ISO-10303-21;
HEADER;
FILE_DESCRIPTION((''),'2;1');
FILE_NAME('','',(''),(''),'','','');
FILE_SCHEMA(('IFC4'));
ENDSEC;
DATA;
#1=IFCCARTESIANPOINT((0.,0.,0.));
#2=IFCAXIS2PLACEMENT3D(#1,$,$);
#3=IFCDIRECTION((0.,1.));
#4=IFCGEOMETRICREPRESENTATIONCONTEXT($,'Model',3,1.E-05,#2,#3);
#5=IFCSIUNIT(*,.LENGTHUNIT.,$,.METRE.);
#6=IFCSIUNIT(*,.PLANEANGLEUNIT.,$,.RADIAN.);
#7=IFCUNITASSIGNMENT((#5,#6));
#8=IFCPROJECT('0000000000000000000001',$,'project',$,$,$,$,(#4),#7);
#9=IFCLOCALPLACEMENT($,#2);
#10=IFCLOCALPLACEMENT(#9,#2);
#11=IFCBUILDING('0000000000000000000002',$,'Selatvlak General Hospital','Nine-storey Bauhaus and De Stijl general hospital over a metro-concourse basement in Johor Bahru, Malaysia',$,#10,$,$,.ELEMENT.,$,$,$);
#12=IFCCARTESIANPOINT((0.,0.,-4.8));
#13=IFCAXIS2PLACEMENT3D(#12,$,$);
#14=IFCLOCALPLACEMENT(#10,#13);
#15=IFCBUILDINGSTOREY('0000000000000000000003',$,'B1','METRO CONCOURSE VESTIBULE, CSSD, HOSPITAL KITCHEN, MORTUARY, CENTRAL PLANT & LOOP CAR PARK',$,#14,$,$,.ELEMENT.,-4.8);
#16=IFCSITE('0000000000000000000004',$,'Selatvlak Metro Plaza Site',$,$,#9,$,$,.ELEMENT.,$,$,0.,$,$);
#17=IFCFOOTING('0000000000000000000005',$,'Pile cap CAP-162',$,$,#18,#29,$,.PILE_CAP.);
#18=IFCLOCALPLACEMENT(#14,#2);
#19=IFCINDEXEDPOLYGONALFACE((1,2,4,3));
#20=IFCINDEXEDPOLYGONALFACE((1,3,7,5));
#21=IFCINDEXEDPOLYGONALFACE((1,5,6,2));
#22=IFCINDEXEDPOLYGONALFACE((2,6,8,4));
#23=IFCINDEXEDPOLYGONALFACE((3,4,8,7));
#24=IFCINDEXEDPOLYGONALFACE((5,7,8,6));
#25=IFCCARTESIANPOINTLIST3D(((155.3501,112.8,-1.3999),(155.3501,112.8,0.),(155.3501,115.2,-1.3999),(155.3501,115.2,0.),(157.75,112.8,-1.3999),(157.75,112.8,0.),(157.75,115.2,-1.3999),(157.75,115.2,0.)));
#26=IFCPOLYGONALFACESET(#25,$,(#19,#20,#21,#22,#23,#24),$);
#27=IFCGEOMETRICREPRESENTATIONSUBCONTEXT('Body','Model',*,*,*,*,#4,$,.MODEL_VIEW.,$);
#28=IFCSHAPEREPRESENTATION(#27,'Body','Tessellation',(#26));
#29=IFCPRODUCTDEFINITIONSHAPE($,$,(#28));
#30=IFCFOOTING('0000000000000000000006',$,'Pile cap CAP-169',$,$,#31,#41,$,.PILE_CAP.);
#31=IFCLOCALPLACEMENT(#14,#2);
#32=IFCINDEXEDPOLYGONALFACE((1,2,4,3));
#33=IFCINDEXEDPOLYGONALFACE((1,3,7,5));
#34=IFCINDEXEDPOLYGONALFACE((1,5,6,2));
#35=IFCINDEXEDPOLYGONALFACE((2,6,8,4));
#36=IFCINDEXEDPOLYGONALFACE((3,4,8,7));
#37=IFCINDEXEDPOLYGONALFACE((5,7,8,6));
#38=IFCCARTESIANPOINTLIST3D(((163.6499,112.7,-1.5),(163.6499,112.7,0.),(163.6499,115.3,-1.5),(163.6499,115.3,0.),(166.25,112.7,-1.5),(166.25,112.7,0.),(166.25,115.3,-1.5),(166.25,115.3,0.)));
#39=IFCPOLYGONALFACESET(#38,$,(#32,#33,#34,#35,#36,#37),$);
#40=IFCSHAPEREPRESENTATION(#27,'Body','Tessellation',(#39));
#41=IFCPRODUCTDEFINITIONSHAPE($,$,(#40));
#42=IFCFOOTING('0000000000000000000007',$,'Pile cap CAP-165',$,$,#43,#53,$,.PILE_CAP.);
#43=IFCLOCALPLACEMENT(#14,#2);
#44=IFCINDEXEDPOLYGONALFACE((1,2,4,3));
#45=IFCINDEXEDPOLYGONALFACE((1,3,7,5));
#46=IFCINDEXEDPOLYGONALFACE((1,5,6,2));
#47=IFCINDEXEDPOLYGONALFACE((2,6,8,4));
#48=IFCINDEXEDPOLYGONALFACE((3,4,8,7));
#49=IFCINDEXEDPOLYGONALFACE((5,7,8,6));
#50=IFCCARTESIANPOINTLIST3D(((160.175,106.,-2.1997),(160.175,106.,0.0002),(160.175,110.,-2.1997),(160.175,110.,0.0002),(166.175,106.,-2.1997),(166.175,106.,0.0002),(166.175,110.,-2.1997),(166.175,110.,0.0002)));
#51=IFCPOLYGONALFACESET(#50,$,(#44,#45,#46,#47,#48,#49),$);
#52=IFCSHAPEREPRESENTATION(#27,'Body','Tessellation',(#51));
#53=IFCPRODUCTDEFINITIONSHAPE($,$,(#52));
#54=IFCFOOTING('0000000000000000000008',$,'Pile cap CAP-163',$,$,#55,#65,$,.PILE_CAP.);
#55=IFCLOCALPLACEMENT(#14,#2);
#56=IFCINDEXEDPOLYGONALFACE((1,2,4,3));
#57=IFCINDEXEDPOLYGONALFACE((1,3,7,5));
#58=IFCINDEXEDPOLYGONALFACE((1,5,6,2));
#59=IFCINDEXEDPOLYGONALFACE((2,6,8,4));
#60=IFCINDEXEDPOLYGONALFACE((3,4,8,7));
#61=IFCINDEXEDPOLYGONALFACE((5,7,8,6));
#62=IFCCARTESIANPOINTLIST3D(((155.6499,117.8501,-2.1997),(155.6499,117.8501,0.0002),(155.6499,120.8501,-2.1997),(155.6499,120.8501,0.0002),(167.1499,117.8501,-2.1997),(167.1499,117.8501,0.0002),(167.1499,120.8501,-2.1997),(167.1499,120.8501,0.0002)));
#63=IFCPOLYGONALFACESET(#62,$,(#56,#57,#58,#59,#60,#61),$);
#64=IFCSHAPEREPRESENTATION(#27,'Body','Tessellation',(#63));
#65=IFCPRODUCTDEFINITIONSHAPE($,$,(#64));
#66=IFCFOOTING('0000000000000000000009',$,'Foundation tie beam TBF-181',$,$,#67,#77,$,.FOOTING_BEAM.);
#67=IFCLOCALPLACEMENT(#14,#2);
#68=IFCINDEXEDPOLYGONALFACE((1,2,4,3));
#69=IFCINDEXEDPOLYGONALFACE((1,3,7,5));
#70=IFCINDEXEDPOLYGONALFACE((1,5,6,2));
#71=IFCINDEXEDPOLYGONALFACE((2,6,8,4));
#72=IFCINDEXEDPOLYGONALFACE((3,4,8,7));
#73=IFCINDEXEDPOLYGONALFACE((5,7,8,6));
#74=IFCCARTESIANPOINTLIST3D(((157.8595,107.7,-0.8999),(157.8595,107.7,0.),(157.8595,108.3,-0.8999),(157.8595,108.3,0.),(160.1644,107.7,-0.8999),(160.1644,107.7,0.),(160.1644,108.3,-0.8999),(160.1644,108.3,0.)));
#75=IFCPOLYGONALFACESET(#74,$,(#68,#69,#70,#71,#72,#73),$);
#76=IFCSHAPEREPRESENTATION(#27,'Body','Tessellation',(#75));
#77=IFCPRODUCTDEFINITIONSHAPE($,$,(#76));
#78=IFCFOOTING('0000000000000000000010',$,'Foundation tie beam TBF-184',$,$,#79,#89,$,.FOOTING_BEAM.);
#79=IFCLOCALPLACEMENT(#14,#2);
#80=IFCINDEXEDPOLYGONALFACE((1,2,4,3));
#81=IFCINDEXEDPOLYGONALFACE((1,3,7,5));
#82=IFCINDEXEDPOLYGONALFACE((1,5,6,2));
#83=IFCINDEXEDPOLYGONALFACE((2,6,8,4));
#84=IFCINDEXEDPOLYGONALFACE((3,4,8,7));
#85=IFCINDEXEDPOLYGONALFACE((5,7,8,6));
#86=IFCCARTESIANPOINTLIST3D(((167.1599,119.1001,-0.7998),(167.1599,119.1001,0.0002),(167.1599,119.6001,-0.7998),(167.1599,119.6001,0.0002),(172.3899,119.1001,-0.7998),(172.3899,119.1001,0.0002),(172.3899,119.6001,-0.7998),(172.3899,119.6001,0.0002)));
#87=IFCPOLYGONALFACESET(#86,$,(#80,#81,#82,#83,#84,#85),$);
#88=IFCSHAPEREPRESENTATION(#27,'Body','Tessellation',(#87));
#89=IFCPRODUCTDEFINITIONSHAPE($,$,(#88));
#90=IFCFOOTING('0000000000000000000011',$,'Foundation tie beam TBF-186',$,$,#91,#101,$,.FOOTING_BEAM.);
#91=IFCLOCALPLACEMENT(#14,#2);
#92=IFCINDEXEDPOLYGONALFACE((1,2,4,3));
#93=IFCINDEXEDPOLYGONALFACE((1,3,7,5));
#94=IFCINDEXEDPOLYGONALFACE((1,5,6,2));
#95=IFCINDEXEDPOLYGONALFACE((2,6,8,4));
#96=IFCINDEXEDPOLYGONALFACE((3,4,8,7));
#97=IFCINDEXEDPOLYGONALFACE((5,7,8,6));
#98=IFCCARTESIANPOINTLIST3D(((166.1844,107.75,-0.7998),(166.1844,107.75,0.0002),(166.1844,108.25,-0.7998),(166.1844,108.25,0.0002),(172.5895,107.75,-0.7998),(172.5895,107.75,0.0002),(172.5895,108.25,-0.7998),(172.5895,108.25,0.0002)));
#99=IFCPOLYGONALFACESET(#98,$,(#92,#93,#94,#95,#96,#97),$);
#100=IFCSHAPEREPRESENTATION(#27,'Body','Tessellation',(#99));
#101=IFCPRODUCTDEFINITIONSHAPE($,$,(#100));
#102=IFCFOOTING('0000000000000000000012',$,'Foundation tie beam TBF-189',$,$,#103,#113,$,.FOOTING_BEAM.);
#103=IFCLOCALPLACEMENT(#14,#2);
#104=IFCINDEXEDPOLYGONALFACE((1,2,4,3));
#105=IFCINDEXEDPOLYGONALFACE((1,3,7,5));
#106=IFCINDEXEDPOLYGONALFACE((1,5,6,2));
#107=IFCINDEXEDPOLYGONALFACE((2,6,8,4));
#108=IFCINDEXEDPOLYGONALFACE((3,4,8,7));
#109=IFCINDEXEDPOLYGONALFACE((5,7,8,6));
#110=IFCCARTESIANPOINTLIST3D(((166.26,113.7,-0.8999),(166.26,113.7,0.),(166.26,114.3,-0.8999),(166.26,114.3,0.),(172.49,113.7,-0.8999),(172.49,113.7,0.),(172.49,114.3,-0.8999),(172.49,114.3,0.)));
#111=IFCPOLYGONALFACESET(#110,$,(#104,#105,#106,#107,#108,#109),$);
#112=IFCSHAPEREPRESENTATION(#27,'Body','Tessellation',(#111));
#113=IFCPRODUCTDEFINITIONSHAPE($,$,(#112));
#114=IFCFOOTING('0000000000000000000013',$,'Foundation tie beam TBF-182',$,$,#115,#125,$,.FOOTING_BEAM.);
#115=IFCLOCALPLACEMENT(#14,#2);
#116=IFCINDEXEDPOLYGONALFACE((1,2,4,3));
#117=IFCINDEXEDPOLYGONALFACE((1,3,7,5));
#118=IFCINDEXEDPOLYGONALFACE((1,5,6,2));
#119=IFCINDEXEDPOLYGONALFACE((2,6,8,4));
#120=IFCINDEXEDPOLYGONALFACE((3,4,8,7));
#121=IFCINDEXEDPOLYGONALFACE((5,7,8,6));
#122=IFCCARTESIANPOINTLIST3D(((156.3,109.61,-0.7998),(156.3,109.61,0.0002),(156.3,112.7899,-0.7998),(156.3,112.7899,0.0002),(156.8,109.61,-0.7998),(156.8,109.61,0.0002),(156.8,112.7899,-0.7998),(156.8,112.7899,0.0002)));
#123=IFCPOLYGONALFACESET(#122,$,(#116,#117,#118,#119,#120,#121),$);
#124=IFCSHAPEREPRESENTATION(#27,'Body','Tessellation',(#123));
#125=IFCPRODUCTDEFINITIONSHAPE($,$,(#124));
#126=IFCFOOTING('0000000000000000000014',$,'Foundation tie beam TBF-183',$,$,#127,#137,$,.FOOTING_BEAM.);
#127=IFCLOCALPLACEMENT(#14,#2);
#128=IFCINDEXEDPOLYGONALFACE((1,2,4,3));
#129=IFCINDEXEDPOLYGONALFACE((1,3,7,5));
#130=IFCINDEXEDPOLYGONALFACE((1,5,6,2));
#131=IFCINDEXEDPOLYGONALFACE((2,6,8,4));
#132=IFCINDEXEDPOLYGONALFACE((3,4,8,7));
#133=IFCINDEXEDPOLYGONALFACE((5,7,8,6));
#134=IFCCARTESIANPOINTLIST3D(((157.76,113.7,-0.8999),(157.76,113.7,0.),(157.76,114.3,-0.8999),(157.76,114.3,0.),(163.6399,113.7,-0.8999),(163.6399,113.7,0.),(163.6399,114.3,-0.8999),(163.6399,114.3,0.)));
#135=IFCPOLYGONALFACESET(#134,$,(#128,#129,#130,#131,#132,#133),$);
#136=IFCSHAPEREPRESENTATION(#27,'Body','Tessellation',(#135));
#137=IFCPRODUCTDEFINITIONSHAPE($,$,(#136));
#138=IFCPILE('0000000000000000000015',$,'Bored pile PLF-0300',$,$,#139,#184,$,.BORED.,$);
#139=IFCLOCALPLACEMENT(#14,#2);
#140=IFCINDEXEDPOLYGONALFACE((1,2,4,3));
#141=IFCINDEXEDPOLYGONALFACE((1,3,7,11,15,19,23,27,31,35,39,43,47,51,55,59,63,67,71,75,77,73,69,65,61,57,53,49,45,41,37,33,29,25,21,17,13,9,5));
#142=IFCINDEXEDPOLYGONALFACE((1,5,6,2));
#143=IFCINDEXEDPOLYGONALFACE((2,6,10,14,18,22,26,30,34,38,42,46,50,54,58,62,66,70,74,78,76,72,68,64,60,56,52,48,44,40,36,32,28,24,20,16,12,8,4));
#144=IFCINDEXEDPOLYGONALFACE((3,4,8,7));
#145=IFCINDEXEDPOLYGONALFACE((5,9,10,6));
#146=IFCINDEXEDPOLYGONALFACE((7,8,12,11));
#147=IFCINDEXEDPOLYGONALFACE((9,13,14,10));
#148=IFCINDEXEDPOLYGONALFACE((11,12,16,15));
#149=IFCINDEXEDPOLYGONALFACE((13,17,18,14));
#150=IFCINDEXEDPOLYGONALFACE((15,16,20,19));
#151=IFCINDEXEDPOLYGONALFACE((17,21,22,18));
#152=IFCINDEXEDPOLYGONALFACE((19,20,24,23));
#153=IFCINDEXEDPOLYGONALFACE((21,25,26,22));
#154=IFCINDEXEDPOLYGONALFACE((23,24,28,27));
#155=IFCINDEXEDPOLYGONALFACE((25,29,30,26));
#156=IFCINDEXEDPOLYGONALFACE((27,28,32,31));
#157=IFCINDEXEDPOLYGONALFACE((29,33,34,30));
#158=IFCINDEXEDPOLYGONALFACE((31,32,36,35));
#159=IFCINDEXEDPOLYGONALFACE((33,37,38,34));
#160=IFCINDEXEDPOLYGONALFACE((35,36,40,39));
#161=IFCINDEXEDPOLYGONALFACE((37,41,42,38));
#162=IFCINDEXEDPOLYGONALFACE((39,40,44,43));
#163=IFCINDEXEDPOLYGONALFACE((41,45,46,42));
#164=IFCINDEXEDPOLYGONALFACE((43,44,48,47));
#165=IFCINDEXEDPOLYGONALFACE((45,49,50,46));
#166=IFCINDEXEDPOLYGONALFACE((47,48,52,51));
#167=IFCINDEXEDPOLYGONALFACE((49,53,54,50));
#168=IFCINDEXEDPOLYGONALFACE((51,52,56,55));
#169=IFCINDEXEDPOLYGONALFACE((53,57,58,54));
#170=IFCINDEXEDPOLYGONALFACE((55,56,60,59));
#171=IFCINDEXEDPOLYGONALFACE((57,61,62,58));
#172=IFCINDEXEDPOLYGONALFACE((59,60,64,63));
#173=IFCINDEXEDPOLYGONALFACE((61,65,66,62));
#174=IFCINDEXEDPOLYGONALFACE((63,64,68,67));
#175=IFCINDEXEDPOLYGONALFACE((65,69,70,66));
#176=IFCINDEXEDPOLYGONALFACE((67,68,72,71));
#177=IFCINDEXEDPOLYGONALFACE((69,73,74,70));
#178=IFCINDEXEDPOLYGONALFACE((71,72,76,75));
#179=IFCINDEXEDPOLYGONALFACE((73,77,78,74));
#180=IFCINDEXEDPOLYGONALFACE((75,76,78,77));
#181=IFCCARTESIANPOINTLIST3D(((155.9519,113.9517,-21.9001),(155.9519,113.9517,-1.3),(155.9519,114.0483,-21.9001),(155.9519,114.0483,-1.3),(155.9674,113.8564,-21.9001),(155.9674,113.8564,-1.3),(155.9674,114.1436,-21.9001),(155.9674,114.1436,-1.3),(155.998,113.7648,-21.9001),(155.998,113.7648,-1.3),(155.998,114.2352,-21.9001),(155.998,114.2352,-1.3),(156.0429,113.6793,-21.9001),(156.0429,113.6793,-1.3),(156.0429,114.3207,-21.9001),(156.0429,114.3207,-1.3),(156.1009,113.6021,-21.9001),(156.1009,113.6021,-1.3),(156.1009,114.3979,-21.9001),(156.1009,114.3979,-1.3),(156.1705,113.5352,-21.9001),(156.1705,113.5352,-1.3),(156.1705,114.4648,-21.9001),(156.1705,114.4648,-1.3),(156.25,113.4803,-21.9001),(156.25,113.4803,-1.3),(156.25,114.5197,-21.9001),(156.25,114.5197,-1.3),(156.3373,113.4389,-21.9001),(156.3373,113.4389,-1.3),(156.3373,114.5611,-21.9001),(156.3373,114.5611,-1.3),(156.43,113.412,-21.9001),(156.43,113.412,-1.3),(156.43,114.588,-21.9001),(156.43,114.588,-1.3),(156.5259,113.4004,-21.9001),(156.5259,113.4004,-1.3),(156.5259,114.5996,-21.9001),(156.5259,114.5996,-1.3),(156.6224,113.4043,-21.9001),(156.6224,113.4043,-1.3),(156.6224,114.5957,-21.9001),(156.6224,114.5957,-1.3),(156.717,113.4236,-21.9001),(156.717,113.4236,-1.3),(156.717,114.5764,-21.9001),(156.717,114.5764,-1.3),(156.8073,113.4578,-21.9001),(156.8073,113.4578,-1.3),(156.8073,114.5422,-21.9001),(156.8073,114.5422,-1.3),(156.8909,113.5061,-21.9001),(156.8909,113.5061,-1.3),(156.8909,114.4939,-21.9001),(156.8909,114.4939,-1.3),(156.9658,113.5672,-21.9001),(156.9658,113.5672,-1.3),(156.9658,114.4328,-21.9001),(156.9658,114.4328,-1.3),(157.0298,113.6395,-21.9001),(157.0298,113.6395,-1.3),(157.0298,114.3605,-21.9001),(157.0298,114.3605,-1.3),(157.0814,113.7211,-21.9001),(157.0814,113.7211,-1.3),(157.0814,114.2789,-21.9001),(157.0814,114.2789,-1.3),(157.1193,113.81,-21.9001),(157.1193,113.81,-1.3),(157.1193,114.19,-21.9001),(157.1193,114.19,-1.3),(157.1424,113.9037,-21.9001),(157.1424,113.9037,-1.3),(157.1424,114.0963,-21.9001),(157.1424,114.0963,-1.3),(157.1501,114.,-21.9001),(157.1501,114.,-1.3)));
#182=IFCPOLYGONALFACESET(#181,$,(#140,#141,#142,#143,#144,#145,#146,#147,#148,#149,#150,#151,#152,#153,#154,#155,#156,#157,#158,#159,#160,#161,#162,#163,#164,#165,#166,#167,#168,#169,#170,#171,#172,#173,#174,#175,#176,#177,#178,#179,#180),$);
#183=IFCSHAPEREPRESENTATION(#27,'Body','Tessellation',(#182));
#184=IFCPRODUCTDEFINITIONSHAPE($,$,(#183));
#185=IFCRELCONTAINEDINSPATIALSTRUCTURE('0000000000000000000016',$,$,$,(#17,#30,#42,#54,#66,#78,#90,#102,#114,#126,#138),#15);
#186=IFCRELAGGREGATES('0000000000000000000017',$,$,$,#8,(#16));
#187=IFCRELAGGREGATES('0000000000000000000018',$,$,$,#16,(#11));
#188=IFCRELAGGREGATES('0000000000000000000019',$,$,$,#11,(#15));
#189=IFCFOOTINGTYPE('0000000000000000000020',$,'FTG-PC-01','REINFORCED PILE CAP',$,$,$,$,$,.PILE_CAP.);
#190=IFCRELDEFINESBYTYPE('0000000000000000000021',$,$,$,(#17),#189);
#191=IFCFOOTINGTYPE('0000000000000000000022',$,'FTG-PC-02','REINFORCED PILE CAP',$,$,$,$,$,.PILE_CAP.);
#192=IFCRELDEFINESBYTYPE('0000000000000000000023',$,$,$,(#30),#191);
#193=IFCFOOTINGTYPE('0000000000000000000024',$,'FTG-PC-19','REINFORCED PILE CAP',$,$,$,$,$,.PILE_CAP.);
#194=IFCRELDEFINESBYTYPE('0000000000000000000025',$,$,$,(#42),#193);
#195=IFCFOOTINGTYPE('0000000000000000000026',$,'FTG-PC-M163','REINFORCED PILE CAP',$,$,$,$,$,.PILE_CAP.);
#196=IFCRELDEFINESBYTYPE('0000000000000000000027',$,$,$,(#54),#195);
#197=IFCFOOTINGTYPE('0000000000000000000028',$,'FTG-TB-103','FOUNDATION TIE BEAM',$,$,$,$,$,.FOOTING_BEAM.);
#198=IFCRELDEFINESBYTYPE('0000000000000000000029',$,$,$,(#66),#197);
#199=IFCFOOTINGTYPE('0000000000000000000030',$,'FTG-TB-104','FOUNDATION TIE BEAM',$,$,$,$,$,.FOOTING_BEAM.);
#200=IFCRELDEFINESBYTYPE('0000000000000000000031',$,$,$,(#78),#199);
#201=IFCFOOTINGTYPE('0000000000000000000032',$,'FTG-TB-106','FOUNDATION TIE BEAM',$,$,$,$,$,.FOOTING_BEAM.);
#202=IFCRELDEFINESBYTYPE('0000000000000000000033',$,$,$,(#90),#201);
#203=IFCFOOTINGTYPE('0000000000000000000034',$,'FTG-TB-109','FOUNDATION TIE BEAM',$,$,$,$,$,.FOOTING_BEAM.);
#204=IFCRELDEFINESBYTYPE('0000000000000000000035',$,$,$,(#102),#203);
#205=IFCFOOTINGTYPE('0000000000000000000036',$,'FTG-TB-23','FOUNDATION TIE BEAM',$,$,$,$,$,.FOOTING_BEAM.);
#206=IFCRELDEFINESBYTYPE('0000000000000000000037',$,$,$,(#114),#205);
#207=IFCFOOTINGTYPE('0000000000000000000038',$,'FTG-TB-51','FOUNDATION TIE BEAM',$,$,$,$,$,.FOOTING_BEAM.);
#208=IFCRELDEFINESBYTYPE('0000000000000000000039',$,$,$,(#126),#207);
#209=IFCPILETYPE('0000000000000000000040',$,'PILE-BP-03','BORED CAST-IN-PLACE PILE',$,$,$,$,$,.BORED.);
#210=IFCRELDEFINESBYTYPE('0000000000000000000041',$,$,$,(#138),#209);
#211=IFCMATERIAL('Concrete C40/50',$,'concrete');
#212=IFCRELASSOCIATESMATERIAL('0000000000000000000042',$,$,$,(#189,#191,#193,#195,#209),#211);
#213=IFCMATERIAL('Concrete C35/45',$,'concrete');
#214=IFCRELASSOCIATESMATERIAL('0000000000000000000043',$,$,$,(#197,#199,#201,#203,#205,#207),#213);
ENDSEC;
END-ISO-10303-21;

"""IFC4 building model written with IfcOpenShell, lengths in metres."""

from ifc_helpers import new_model, si_unit, direction, frame, origin, origin_2d, place, context, subcontext, project, spatial, rectangle, circle, extrude, material, material_profile, profile_set, type_object, element, save


model = new_model("IFC4")

# Units and contexts
model_context = context("Model", 3, precision=1e-05, world=origin(), true_north=direction((0.0, 1.0)))
body_context = subcontext(model_context, "Body", "Model", "MODEL_VIEW")
ifc_project = project(units=[si_unit("LENGTHUNIT", "METRE"), si_unit("PLANEANGLEUNIT", "RADIAN")], contexts=[model_context])

# Site, building, storey
site_placement = place(None, origin())
site = spatial("IfcSite", under=ifc_project, at=site_placement, Name="Selatvlak Metro Plaza Site", CompositionType="ELEMENT", RefElevation=0.0)
building_placement = place(site_placement, origin())
building = spatial("IfcBuilding", under=site, at=building_placement, Name="Selatvlak General Hospital", Description="Nine-storey Bauhaus and De Stijl general hospital over a metro-concourse basement in Johor Bahru, Malaysia", CompositionType="ELEMENT")
storey_placement = place(building_placement, frame((0.0, 0.0, -4.8)))
storey = spatial("IfcBuildingStorey", under=building, at=storey_placement, Name="B1", Description="METRO CONCOURSE VESTIBULE, CSSD, HOSPITAL KITCHEN, MORTUARY, CENTRAL PLANT & LOOP CAR PARK", CompositionType="ELEMENT", Elevation=-4.8)

# Footings
ifc_material_1 = material(Name="Concrete C40/50", Category="concrete")
footing_type_1 = type_object("IfcFootingType", Name="FTG-PC-01", Description="REINFORCED PILE CAP", PredefinedType="PILE_CAP", material=ifc_material_1)
footing_1_placement = place(storey_placement, frame((156.55, 114.0, -1.3999), z_axis=(0.0, 0.0, 1.0), x_axis=(1.0, 0.0, 0.0)))
element("IfcFooting", 1, at=footing_1_placement, inside=storey, type_object=footing_type_1, Name="Pile cap CAP-162", PredefinedType="PILE_CAP", context=body_context, shape_type="SweptSolid", body=[
    extrude(rectangle(XDim=2.3999, YDim=2.3999, at=origin_2d()), origin(), (0.0, 0.0, 1.0), 1.3999),
])
footing_type_2 = type_object("IfcFootingType", Name="FTG-PC-02", Description="REINFORCED PILE CAP", PredefinedType="PILE_CAP", material=ifc_material_1)
footing_2_placement = place(storey_placement, frame((164.95, 114.0, -1.5), z_axis=(0.0, 0.0, 1.0), x_axis=(1.0, 0.0, 0.0)))
element("IfcFooting", 2, at=footing_2_placement, inside=storey, type_object=footing_type_2, Name="Pile cap CAP-169", PredefinedType="PILE_CAP", context=body_context, shape_type="SweptSolid", body=[
    extrude(rectangle(XDim=2.6001, YDim=2.6001, at=origin_2d()), origin(), (0.0, 0.0, 1.0), 1.5),
])
footing_type_3 = type_object("IfcFootingType", Name="FTG-PC-19", Description="REINFORCED PILE CAP", PredefinedType="PILE_CAP", material=ifc_material_1)
footing_3_placement = place(storey_placement, frame((163.175, 108.0, -2.1997), z_axis=(0.0, 0.0, 1.0), x_axis=(1.0, 0.0, 0.0)))
element("IfcFooting", 3, at=footing_3_placement, inside=storey, type_object=footing_type_3, Name="Pile cap CAP-165", PredefinedType="PILE_CAP", context=body_context, shape_type="SweptSolid", body=[
    extrude(rectangle(XDim=6.0, YDim=4.0, at=origin_2d()), origin(), (0.0, 0.0, 1.0), 2.2),
])
footing_type_4 = type_object("IfcFootingType", Name="FTG-PC-M163", Description="REINFORCED PILE CAP", PredefinedType="PILE_CAP", material=ifc_material_1)
footing_4_placement = place(storey_placement, frame((161.3999, 119.3501, -2.1997), z_axis=(0.0, 0.0, 1.0), x_axis=(1.0, 0.0, 0.0)))
element("IfcFooting", 4, at=footing_4_placement, inside=storey, type_object=footing_type_4, Name="Pile cap CAP-163", PredefinedType="PILE_CAP", context=body_context, shape_type="SweptSolid", body=[
    extrude(rectangle(XDim=11.5, YDim=3.0, at=origin_2d()), origin(), (0.0, 0.0, 1.0), 2.2),
])
ifc_material_2 = material(Name="Concrete C35/45", Category="concrete")
footing_type_5 = type_object("IfcFootingType", Name="FTG-TB-103", Description="FOUNDATION TIE BEAM", PredefinedType="FOOTING_BEAM", material=ifc_material_2)
footing_5_placement = place(storey_placement, frame((159.012, 108.0, -0.8999), z_axis=(0.0, 0.0, 1.0), x_axis=(1.0, 0.0, 0.0)))
element("IfcFooting", 5, at=footing_5_placement, inside=storey, type_object=footing_type_5, Name="Foundation tie beam TBF-181", PredefinedType="FOOTING_BEAM", context=body_context, shape_type="SweptSolid", body=[
    extrude(rectangle(XDim=2.3049, YDim=0.6001, at=origin_2d()), origin(), (0.0, 0.0, 1.0), 0.8999),
])
footing_type_6 = type_object("IfcFootingType", Name="FTG-TB-104", Description="FOUNDATION TIE BEAM", PredefinedType="FOOTING_BEAM", material=ifc_material_2)
footing_6_placement = place(storey_placement, frame((169.7749, 119.3501, -0.7998), z_axis=(0.0, 0.0, 1.0), x_axis=(1.0, 0.0, 0.0)))
element("IfcFooting", 6, at=footing_6_placement, inside=storey, type_object=footing_type_6, Name="Foundation tie beam TBF-184", PredefinedType="FOOTING_BEAM", context=body_context, shape_type="SweptSolid", body=[
    extrude(rectangle(XDim=5.23, YDim=0.5, at=origin_2d()), origin(), (0.0, 0.0, 1.0), 0.8),
])
footing_type_7 = type_object("IfcFootingType", Name="FTG-TB-106", Description="FOUNDATION TIE BEAM", PredefinedType="FOOTING_BEAM", material=ifc_material_2)
footing_7_placement = place(storey_placement, frame((169.387, 108.0, -0.7998), z_axis=(0.0, 0.0, 1.0), x_axis=(1.0, 0.0, 0.0)))
element("IfcFooting", 7, at=footing_7_placement, inside=storey, type_object=footing_type_7, Name="Foundation tie beam TBF-186", PredefinedType="FOOTING_BEAM", context=body_context, shape_type="SweptSolid", body=[
    extrude(rectangle(XDim=6.405, YDim=0.5, at=origin_2d()), origin(), (0.0, 0.0, 1.0), 0.8),
])
footing_type_8 = type_object("IfcFootingType", Name="FTG-TB-109", Description="FOUNDATION TIE BEAM", PredefinedType="FOOTING_BEAM", material=ifc_material_2)
footing_8_placement = place(storey_placement, frame((169.375, 114.0, -0.8999), z_axis=(0.0, 0.0, 1.0), x_axis=(1.0, 0.0, 0.0)))
element("IfcFooting", 8, at=footing_8_placement, inside=storey, type_object=footing_type_8, Name="Foundation tie beam TBF-189", PredefinedType="FOOTING_BEAM", context=body_context, shape_type="SweptSolid", body=[
    extrude(rectangle(XDim=6.23, YDim=0.6001, at=origin_2d()), origin(), (0.0, 0.0, 1.0), 0.8999),
])
footing_type_9 = type_object("IfcFootingType", Name="FTG-TB-23", Description="FOUNDATION TIE BEAM", PredefinedType="FOOTING_BEAM", material=ifc_material_2)
footing_9_placement = place(storey_placement, frame((156.55, 111.2, -0.7998), z_axis=(0.0, 0.0, 1.0), x_axis=(0.0, 1.0, 0.0)))
element("IfcFooting", 9, at=footing_9_placement, inside=storey, type_object=footing_type_9, Name="Foundation tie beam TBF-182", PredefinedType="FOOTING_BEAM", context=body_context, shape_type="SweptSolid", body=[
    extrude(rectangle(XDim=3.1799, YDim=0.5, at=origin_2d()), origin(), (0.0, 0.0, 1.0), 0.8),
])
footing_type_10 = type_object("IfcFootingType", Name="FTG-TB-51", Description="FOUNDATION TIE BEAM", PredefinedType="FOOTING_BEAM", material=ifc_material_2)
footing_10_placement = place(storey_placement, frame((160.7, 114.0, -0.8999), z_axis=(0.0, 0.0, 1.0), x_axis=(1.0, 0.0, 0.0)))
element("IfcFooting", 10, at=footing_10_placement, inside=storey, type_object=footing_type_10, Name="Foundation tie beam TBF-183", PredefinedType="FOOTING_BEAM", context=body_context, shape_type="SweptSolid", body=[
    extrude(rectangle(XDim=5.8799, YDim=0.6001, at=origin_2d()), origin(), (0.0, 0.0, 1.0), 0.8999),
])

# Pile
ifc_material_profile_1 = material_profile(ifc_material_1, circle(Radius=0.6001, at=origin_2d()), Name="BORED PILE 1200")
ifc_profile_set_1 = profile_set([ifc_material_profile_1], Name="Concrete C40/50")
pile_type_1 = type_object("IfcPileType", Name="PILE-BP-03", Description="BORED CAST-IN-PLACE PILE", PredefinedType="BORED", material=ifc_profile_set_1)
pile_1_placement = place(storey_placement, frame((156.55, 114.0, -1.3), z_axis=(0.0, 0.0, -1.0), x_axis=(1.0, 0.0, 0.0)))
element("IfcPile", 11, at=pile_1_placement, inside=storey, type_object=pile_type_1, Name="Bored pile PLF-0300", PredefinedType="BORED", context=body_context, shape_type="SweptSolid", body=[
    extrude(circle(Radius=0.6001, at=origin_2d()), origin(), (0.0, 0.0, 1.0), 20.6001),
])

save(model, "model.ifc")
